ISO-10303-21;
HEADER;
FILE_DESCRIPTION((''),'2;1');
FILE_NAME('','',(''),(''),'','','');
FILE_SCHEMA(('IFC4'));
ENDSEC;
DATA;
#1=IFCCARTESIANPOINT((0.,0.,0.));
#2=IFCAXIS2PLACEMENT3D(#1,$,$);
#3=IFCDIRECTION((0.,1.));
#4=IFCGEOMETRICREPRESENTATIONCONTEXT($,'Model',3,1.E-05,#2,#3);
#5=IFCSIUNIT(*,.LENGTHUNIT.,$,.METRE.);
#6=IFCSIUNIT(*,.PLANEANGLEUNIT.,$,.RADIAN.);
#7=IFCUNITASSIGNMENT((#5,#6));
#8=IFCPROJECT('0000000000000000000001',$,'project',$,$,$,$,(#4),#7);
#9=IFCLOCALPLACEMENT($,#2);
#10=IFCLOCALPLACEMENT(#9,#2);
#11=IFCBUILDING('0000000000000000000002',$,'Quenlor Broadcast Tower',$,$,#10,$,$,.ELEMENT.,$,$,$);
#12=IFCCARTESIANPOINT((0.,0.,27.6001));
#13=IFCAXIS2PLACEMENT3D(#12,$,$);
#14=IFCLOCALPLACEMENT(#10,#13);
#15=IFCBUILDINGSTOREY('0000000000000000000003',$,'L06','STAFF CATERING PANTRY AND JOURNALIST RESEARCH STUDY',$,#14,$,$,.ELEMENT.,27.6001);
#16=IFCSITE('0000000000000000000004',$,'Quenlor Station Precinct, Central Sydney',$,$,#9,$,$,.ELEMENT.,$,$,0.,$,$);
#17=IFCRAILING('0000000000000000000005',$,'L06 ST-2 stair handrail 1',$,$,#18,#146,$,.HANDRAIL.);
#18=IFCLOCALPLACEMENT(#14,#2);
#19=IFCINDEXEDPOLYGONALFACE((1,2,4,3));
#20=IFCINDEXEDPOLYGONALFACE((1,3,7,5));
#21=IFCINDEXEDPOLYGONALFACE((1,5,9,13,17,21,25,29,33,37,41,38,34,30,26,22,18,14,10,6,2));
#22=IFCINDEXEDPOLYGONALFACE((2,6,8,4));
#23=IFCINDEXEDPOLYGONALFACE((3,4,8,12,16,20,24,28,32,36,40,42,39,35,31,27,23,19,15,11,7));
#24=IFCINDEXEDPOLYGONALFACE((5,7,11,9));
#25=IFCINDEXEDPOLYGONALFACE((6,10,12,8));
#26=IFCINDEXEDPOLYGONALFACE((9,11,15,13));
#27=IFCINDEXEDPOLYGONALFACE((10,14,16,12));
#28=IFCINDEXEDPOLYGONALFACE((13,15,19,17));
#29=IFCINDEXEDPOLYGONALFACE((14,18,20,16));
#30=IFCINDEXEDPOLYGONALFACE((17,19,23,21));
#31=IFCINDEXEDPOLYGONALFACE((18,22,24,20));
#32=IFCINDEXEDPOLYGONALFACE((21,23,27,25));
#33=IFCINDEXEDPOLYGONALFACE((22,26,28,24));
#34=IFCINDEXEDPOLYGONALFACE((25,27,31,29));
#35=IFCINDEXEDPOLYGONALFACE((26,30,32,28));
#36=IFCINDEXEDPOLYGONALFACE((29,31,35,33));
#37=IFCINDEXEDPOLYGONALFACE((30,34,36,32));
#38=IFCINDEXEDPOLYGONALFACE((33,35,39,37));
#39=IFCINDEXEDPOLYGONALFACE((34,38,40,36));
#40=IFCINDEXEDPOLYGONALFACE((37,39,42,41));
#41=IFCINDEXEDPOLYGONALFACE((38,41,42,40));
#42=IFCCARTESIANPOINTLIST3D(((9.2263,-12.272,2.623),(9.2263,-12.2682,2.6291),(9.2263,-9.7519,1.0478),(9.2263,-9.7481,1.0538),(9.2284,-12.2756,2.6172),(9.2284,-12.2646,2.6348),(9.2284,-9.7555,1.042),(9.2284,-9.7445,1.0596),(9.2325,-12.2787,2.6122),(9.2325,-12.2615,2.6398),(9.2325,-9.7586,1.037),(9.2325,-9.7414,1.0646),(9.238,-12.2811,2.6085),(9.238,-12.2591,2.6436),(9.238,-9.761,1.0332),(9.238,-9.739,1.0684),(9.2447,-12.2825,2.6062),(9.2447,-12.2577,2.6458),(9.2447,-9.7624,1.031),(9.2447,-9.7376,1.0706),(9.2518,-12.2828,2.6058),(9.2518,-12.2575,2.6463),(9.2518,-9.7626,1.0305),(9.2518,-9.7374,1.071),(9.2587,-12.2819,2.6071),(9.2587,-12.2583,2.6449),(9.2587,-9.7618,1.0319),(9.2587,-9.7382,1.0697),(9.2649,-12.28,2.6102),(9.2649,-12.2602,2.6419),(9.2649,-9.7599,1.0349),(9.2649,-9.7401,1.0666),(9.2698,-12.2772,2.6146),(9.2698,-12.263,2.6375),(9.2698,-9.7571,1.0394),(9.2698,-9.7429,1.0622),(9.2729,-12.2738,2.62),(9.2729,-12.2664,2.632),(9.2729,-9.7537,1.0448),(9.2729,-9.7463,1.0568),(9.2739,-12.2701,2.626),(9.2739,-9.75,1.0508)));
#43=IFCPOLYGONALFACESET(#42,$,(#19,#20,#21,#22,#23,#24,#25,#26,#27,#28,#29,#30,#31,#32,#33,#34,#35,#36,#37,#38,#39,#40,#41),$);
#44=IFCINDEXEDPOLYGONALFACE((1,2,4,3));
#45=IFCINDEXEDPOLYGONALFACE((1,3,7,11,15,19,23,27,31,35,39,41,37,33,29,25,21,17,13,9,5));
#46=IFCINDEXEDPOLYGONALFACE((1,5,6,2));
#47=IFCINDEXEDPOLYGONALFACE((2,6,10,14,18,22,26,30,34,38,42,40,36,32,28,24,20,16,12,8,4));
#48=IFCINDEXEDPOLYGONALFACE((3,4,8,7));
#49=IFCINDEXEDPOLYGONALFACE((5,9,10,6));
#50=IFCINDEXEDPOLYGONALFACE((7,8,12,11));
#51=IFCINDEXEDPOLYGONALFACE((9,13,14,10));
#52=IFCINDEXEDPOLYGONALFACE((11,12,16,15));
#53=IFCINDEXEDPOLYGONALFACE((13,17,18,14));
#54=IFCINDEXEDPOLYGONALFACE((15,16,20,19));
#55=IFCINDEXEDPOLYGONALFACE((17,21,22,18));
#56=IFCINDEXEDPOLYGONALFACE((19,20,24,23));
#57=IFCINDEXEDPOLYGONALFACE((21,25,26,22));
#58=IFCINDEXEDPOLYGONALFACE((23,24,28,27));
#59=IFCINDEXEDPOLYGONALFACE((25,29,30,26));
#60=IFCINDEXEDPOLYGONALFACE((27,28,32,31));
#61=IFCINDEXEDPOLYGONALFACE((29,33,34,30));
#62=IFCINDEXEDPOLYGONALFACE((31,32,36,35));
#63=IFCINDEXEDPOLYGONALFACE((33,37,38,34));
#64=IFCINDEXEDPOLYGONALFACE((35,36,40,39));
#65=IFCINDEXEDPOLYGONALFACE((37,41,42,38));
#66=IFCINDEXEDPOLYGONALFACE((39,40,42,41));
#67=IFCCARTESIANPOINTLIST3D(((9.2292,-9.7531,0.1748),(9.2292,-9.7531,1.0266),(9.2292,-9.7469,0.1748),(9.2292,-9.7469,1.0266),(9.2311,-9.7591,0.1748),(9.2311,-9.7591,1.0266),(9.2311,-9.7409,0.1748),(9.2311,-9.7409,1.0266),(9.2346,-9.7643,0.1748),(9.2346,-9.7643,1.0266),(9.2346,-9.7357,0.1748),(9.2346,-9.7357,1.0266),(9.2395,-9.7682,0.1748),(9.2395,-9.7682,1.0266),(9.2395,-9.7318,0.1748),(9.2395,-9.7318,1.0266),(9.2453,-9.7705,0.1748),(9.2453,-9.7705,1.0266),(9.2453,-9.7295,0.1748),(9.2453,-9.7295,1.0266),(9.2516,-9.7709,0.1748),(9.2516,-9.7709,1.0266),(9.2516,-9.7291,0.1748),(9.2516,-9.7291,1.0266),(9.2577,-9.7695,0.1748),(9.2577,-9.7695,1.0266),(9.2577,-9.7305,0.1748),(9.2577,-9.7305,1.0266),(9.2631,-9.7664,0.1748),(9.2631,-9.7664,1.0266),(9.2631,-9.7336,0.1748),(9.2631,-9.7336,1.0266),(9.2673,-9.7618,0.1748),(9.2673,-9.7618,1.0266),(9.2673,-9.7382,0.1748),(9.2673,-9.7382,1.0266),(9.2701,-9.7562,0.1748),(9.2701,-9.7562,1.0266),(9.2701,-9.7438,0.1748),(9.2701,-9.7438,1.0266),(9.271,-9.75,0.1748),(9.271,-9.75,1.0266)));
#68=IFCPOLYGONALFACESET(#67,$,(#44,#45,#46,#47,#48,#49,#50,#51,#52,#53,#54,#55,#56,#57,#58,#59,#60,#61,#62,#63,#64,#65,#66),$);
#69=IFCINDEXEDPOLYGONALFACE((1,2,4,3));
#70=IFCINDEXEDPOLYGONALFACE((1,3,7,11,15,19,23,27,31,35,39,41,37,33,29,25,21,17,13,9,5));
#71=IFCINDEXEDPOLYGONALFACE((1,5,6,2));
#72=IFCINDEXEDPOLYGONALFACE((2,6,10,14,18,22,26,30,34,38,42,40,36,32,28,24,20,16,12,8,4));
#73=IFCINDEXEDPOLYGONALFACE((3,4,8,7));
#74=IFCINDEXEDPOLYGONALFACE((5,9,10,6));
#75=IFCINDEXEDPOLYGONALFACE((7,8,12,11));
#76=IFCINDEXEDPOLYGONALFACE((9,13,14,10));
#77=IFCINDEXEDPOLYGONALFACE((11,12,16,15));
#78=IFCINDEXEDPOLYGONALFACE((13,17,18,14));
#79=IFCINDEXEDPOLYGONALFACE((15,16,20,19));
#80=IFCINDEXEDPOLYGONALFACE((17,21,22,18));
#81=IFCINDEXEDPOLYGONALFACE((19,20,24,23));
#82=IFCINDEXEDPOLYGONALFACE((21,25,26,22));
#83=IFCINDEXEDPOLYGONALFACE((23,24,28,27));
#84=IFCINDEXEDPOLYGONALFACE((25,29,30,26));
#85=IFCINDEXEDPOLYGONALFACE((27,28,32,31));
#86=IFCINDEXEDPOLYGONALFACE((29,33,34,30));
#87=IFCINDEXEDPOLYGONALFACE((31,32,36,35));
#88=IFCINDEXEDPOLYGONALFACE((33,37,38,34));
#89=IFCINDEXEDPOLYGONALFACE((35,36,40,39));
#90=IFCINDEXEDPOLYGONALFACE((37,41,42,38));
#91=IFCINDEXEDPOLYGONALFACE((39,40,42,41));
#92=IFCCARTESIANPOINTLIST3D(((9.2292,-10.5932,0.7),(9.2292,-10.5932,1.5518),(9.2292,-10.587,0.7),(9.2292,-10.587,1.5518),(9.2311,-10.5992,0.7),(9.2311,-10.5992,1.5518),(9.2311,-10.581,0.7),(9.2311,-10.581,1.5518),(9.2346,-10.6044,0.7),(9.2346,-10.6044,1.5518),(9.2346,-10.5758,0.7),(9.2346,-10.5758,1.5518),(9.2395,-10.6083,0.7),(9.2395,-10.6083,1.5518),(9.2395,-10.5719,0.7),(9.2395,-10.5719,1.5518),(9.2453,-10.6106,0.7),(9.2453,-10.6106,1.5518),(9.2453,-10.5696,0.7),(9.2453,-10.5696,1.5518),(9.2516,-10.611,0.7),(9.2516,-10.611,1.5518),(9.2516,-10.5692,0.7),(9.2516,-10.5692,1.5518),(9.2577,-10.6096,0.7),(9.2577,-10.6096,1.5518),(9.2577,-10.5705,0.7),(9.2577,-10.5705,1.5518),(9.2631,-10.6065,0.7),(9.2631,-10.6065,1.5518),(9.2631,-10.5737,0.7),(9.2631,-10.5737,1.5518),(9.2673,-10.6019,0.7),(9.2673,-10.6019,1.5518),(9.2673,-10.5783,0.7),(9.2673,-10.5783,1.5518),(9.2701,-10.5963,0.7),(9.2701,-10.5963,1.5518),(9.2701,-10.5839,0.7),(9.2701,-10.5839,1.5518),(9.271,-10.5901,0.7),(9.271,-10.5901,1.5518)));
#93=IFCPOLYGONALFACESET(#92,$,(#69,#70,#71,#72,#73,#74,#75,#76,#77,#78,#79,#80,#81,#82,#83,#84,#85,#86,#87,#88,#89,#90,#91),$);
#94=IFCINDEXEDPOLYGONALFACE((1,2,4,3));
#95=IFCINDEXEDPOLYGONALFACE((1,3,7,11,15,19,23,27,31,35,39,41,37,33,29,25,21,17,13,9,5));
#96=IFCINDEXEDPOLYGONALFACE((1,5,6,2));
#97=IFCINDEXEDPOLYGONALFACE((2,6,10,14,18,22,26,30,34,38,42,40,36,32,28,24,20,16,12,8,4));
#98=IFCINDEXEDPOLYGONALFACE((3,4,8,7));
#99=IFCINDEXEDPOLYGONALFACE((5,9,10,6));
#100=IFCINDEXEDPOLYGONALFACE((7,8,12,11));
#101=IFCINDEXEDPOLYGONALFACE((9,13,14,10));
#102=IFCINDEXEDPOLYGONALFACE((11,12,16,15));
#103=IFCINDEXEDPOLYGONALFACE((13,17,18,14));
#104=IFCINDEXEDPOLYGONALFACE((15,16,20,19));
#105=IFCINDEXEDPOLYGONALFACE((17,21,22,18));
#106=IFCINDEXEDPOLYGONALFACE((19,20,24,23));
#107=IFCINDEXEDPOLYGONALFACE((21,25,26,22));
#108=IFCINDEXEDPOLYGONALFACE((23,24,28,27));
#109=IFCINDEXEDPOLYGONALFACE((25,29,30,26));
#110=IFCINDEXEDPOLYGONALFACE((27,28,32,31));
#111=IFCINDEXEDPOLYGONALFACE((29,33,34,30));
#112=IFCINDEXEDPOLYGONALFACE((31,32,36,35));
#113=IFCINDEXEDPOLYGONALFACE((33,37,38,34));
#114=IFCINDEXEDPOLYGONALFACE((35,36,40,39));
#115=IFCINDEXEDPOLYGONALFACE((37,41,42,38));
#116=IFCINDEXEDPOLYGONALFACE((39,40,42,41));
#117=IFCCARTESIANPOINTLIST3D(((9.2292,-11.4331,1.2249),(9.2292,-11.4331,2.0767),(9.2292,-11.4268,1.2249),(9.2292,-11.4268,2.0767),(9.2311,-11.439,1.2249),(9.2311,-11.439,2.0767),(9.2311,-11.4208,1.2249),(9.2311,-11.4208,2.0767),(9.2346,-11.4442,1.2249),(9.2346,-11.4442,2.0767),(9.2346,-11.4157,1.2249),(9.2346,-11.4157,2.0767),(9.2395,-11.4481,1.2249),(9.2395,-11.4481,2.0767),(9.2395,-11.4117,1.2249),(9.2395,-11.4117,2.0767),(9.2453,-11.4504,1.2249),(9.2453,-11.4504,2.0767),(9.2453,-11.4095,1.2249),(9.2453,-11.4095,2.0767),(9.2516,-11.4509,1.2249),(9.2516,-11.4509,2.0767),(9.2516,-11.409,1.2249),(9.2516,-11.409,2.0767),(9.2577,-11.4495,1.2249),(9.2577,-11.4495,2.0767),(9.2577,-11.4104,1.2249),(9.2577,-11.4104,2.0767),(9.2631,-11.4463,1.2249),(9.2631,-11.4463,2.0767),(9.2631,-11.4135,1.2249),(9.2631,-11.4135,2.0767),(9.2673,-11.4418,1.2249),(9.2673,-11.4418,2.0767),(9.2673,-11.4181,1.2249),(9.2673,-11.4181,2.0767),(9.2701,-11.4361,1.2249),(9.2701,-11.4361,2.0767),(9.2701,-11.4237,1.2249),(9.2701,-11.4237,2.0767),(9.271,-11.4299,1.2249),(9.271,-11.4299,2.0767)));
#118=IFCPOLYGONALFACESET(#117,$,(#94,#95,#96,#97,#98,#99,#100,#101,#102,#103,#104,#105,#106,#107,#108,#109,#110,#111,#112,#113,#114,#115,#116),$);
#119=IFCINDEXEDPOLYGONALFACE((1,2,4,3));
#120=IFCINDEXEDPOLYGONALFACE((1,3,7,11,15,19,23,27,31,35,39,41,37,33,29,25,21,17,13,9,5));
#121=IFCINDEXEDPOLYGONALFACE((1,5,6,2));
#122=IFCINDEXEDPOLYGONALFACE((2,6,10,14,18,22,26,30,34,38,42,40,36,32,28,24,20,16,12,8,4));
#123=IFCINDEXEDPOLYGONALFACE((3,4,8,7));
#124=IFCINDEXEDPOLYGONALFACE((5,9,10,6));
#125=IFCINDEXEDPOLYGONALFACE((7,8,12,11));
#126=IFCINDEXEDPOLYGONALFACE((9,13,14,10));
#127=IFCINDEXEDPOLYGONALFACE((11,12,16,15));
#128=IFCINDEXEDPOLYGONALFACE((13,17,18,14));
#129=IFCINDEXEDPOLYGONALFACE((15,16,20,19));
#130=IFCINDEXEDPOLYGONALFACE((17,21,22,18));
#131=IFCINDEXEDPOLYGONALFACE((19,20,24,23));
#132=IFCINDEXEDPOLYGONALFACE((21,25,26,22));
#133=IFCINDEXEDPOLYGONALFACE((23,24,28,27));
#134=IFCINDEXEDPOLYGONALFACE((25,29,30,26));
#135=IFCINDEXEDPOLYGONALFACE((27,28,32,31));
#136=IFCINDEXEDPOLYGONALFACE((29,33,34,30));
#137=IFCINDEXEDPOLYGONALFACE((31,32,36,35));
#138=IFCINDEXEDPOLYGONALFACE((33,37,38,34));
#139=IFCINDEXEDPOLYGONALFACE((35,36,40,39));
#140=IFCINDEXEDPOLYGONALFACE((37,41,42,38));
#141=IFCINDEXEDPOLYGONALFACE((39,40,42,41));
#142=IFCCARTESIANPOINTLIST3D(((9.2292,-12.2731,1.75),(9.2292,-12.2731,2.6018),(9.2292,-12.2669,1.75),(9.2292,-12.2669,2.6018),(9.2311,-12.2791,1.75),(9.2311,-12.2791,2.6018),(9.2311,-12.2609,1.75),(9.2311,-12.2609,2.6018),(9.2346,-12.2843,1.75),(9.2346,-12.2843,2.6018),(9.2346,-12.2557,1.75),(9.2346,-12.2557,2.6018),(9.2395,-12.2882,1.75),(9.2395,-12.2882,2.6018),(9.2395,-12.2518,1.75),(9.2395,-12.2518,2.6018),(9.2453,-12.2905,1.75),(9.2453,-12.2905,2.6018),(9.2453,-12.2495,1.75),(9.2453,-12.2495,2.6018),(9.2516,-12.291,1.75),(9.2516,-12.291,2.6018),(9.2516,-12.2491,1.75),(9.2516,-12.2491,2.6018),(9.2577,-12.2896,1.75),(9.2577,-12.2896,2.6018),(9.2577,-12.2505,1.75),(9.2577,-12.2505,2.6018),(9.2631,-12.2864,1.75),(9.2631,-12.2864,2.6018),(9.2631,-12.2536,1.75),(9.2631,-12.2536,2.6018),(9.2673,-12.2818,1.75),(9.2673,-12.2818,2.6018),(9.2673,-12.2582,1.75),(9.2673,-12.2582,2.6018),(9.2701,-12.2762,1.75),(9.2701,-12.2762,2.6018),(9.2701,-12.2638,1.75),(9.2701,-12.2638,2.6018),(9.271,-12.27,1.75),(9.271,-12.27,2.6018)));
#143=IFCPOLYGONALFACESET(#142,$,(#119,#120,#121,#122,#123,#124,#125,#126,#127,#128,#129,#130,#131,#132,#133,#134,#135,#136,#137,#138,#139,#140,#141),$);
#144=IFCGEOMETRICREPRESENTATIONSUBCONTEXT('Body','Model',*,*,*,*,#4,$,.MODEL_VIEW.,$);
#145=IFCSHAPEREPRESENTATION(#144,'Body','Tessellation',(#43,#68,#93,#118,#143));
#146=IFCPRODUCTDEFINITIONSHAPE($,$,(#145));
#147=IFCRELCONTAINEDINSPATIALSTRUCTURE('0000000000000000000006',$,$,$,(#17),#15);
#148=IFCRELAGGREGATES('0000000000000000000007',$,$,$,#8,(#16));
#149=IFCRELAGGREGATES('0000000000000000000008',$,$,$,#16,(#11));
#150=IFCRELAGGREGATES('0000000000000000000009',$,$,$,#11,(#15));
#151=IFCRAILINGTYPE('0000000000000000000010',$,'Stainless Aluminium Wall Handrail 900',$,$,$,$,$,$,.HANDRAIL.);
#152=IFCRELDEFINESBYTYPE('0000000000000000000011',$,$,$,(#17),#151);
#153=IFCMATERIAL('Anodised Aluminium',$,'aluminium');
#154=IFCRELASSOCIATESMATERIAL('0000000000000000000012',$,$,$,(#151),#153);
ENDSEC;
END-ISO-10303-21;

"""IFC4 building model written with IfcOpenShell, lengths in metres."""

from ifc_helpers import new_model, si_unit, direction, frame, origin, origin_2d, place, context, subcontext, project, spatial, circle, extrude, material, type_object, element, save


model = new_model("IFC4")

# Units and contexts
model_context = context("Model", 3, precision=1e-05, world=origin(), true_north=direction((0.0, 1.0)))
body_context = subcontext(model_context, "Body", "Model", "MODEL_VIEW")
ifc_project = project(units=[si_unit("LENGTHUNIT", "METRE"), si_unit("PLANEANGLEUNIT", "RADIAN")], contexts=[model_context])

# Site, building, storey
site_placement = place(None, origin())
site = spatial("IfcSite", under=ifc_project, at=site_placement, Name="Quenlor Station Precinct, Central Sydney", CompositionType="ELEMENT", RefElevation=0.0)
building_placement = place(site_placement, origin())
building = spatial("IfcBuilding", under=site, at=building_placement, Name="Quenlor Broadcast Tower", CompositionType="ELEMENT")
storey_placement = place(building_placement, frame((0.0, 0.0, 27.6001)))
storey = spatial("IfcBuildingStorey", under=building, at=storey_placement, Name="L06", Description="STAFF CATERING PANTRY AND JOURNALIST RESEARCH STUDY", CompositionType="ELEMENT", Elevation=27.6001)

# Railing
ifc_material_1 = material(Name="Anodised Aluminium", Category="aluminium")
railing_type_1 = type_object("IfcRailingType", Name="Stainless Aluminium Wall Handrail 900", PredefinedType="HANDRAIL", material=ifc_material_1)
railing_1_placement = place(storey_placement, frame((9.25, -9.75, 0.1748)))
element("IfcRailing", 1, at=railing_1_placement, inside=storey, type_object=railing_type_1, Name="L06 ST-2 stair handrail 1", PredefinedType="HANDRAIL", context=body_context, shape_type="SweptSolid", body=[
    extrude(circle(Radius=0.0239, at=origin_2d()), frame((0.0, 0.0, 0.876), z_axis=(0.0, -0.847971, 0.530043), x_axis=(1.0, 0.0, 0.0)), (0.0, 0.0, 1.0), 2.9719),
    extrude(circle(Radius=0.021, at=origin_2d()), origin(), (0.0, 0.0, 1.0), 0.8518),
    extrude(circle(Radius=0.021, at=origin_2d()), frame((0.0, -0.8401, 0.5251)), (0.0, 0.0, 1.0), 0.8518),
    extrude(circle(Radius=0.021, at=origin_2d()), frame((0.0, -1.6799, 1.05)), (0.0, 0.0, 1.0), 0.8518),
    extrude(circle(Radius=0.021, at=origin_2d()), frame((0.0, -2.52, 1.5752)), (0.0, 0.0, 1.0), 0.8518),
])

save(model, "model.ifc")
